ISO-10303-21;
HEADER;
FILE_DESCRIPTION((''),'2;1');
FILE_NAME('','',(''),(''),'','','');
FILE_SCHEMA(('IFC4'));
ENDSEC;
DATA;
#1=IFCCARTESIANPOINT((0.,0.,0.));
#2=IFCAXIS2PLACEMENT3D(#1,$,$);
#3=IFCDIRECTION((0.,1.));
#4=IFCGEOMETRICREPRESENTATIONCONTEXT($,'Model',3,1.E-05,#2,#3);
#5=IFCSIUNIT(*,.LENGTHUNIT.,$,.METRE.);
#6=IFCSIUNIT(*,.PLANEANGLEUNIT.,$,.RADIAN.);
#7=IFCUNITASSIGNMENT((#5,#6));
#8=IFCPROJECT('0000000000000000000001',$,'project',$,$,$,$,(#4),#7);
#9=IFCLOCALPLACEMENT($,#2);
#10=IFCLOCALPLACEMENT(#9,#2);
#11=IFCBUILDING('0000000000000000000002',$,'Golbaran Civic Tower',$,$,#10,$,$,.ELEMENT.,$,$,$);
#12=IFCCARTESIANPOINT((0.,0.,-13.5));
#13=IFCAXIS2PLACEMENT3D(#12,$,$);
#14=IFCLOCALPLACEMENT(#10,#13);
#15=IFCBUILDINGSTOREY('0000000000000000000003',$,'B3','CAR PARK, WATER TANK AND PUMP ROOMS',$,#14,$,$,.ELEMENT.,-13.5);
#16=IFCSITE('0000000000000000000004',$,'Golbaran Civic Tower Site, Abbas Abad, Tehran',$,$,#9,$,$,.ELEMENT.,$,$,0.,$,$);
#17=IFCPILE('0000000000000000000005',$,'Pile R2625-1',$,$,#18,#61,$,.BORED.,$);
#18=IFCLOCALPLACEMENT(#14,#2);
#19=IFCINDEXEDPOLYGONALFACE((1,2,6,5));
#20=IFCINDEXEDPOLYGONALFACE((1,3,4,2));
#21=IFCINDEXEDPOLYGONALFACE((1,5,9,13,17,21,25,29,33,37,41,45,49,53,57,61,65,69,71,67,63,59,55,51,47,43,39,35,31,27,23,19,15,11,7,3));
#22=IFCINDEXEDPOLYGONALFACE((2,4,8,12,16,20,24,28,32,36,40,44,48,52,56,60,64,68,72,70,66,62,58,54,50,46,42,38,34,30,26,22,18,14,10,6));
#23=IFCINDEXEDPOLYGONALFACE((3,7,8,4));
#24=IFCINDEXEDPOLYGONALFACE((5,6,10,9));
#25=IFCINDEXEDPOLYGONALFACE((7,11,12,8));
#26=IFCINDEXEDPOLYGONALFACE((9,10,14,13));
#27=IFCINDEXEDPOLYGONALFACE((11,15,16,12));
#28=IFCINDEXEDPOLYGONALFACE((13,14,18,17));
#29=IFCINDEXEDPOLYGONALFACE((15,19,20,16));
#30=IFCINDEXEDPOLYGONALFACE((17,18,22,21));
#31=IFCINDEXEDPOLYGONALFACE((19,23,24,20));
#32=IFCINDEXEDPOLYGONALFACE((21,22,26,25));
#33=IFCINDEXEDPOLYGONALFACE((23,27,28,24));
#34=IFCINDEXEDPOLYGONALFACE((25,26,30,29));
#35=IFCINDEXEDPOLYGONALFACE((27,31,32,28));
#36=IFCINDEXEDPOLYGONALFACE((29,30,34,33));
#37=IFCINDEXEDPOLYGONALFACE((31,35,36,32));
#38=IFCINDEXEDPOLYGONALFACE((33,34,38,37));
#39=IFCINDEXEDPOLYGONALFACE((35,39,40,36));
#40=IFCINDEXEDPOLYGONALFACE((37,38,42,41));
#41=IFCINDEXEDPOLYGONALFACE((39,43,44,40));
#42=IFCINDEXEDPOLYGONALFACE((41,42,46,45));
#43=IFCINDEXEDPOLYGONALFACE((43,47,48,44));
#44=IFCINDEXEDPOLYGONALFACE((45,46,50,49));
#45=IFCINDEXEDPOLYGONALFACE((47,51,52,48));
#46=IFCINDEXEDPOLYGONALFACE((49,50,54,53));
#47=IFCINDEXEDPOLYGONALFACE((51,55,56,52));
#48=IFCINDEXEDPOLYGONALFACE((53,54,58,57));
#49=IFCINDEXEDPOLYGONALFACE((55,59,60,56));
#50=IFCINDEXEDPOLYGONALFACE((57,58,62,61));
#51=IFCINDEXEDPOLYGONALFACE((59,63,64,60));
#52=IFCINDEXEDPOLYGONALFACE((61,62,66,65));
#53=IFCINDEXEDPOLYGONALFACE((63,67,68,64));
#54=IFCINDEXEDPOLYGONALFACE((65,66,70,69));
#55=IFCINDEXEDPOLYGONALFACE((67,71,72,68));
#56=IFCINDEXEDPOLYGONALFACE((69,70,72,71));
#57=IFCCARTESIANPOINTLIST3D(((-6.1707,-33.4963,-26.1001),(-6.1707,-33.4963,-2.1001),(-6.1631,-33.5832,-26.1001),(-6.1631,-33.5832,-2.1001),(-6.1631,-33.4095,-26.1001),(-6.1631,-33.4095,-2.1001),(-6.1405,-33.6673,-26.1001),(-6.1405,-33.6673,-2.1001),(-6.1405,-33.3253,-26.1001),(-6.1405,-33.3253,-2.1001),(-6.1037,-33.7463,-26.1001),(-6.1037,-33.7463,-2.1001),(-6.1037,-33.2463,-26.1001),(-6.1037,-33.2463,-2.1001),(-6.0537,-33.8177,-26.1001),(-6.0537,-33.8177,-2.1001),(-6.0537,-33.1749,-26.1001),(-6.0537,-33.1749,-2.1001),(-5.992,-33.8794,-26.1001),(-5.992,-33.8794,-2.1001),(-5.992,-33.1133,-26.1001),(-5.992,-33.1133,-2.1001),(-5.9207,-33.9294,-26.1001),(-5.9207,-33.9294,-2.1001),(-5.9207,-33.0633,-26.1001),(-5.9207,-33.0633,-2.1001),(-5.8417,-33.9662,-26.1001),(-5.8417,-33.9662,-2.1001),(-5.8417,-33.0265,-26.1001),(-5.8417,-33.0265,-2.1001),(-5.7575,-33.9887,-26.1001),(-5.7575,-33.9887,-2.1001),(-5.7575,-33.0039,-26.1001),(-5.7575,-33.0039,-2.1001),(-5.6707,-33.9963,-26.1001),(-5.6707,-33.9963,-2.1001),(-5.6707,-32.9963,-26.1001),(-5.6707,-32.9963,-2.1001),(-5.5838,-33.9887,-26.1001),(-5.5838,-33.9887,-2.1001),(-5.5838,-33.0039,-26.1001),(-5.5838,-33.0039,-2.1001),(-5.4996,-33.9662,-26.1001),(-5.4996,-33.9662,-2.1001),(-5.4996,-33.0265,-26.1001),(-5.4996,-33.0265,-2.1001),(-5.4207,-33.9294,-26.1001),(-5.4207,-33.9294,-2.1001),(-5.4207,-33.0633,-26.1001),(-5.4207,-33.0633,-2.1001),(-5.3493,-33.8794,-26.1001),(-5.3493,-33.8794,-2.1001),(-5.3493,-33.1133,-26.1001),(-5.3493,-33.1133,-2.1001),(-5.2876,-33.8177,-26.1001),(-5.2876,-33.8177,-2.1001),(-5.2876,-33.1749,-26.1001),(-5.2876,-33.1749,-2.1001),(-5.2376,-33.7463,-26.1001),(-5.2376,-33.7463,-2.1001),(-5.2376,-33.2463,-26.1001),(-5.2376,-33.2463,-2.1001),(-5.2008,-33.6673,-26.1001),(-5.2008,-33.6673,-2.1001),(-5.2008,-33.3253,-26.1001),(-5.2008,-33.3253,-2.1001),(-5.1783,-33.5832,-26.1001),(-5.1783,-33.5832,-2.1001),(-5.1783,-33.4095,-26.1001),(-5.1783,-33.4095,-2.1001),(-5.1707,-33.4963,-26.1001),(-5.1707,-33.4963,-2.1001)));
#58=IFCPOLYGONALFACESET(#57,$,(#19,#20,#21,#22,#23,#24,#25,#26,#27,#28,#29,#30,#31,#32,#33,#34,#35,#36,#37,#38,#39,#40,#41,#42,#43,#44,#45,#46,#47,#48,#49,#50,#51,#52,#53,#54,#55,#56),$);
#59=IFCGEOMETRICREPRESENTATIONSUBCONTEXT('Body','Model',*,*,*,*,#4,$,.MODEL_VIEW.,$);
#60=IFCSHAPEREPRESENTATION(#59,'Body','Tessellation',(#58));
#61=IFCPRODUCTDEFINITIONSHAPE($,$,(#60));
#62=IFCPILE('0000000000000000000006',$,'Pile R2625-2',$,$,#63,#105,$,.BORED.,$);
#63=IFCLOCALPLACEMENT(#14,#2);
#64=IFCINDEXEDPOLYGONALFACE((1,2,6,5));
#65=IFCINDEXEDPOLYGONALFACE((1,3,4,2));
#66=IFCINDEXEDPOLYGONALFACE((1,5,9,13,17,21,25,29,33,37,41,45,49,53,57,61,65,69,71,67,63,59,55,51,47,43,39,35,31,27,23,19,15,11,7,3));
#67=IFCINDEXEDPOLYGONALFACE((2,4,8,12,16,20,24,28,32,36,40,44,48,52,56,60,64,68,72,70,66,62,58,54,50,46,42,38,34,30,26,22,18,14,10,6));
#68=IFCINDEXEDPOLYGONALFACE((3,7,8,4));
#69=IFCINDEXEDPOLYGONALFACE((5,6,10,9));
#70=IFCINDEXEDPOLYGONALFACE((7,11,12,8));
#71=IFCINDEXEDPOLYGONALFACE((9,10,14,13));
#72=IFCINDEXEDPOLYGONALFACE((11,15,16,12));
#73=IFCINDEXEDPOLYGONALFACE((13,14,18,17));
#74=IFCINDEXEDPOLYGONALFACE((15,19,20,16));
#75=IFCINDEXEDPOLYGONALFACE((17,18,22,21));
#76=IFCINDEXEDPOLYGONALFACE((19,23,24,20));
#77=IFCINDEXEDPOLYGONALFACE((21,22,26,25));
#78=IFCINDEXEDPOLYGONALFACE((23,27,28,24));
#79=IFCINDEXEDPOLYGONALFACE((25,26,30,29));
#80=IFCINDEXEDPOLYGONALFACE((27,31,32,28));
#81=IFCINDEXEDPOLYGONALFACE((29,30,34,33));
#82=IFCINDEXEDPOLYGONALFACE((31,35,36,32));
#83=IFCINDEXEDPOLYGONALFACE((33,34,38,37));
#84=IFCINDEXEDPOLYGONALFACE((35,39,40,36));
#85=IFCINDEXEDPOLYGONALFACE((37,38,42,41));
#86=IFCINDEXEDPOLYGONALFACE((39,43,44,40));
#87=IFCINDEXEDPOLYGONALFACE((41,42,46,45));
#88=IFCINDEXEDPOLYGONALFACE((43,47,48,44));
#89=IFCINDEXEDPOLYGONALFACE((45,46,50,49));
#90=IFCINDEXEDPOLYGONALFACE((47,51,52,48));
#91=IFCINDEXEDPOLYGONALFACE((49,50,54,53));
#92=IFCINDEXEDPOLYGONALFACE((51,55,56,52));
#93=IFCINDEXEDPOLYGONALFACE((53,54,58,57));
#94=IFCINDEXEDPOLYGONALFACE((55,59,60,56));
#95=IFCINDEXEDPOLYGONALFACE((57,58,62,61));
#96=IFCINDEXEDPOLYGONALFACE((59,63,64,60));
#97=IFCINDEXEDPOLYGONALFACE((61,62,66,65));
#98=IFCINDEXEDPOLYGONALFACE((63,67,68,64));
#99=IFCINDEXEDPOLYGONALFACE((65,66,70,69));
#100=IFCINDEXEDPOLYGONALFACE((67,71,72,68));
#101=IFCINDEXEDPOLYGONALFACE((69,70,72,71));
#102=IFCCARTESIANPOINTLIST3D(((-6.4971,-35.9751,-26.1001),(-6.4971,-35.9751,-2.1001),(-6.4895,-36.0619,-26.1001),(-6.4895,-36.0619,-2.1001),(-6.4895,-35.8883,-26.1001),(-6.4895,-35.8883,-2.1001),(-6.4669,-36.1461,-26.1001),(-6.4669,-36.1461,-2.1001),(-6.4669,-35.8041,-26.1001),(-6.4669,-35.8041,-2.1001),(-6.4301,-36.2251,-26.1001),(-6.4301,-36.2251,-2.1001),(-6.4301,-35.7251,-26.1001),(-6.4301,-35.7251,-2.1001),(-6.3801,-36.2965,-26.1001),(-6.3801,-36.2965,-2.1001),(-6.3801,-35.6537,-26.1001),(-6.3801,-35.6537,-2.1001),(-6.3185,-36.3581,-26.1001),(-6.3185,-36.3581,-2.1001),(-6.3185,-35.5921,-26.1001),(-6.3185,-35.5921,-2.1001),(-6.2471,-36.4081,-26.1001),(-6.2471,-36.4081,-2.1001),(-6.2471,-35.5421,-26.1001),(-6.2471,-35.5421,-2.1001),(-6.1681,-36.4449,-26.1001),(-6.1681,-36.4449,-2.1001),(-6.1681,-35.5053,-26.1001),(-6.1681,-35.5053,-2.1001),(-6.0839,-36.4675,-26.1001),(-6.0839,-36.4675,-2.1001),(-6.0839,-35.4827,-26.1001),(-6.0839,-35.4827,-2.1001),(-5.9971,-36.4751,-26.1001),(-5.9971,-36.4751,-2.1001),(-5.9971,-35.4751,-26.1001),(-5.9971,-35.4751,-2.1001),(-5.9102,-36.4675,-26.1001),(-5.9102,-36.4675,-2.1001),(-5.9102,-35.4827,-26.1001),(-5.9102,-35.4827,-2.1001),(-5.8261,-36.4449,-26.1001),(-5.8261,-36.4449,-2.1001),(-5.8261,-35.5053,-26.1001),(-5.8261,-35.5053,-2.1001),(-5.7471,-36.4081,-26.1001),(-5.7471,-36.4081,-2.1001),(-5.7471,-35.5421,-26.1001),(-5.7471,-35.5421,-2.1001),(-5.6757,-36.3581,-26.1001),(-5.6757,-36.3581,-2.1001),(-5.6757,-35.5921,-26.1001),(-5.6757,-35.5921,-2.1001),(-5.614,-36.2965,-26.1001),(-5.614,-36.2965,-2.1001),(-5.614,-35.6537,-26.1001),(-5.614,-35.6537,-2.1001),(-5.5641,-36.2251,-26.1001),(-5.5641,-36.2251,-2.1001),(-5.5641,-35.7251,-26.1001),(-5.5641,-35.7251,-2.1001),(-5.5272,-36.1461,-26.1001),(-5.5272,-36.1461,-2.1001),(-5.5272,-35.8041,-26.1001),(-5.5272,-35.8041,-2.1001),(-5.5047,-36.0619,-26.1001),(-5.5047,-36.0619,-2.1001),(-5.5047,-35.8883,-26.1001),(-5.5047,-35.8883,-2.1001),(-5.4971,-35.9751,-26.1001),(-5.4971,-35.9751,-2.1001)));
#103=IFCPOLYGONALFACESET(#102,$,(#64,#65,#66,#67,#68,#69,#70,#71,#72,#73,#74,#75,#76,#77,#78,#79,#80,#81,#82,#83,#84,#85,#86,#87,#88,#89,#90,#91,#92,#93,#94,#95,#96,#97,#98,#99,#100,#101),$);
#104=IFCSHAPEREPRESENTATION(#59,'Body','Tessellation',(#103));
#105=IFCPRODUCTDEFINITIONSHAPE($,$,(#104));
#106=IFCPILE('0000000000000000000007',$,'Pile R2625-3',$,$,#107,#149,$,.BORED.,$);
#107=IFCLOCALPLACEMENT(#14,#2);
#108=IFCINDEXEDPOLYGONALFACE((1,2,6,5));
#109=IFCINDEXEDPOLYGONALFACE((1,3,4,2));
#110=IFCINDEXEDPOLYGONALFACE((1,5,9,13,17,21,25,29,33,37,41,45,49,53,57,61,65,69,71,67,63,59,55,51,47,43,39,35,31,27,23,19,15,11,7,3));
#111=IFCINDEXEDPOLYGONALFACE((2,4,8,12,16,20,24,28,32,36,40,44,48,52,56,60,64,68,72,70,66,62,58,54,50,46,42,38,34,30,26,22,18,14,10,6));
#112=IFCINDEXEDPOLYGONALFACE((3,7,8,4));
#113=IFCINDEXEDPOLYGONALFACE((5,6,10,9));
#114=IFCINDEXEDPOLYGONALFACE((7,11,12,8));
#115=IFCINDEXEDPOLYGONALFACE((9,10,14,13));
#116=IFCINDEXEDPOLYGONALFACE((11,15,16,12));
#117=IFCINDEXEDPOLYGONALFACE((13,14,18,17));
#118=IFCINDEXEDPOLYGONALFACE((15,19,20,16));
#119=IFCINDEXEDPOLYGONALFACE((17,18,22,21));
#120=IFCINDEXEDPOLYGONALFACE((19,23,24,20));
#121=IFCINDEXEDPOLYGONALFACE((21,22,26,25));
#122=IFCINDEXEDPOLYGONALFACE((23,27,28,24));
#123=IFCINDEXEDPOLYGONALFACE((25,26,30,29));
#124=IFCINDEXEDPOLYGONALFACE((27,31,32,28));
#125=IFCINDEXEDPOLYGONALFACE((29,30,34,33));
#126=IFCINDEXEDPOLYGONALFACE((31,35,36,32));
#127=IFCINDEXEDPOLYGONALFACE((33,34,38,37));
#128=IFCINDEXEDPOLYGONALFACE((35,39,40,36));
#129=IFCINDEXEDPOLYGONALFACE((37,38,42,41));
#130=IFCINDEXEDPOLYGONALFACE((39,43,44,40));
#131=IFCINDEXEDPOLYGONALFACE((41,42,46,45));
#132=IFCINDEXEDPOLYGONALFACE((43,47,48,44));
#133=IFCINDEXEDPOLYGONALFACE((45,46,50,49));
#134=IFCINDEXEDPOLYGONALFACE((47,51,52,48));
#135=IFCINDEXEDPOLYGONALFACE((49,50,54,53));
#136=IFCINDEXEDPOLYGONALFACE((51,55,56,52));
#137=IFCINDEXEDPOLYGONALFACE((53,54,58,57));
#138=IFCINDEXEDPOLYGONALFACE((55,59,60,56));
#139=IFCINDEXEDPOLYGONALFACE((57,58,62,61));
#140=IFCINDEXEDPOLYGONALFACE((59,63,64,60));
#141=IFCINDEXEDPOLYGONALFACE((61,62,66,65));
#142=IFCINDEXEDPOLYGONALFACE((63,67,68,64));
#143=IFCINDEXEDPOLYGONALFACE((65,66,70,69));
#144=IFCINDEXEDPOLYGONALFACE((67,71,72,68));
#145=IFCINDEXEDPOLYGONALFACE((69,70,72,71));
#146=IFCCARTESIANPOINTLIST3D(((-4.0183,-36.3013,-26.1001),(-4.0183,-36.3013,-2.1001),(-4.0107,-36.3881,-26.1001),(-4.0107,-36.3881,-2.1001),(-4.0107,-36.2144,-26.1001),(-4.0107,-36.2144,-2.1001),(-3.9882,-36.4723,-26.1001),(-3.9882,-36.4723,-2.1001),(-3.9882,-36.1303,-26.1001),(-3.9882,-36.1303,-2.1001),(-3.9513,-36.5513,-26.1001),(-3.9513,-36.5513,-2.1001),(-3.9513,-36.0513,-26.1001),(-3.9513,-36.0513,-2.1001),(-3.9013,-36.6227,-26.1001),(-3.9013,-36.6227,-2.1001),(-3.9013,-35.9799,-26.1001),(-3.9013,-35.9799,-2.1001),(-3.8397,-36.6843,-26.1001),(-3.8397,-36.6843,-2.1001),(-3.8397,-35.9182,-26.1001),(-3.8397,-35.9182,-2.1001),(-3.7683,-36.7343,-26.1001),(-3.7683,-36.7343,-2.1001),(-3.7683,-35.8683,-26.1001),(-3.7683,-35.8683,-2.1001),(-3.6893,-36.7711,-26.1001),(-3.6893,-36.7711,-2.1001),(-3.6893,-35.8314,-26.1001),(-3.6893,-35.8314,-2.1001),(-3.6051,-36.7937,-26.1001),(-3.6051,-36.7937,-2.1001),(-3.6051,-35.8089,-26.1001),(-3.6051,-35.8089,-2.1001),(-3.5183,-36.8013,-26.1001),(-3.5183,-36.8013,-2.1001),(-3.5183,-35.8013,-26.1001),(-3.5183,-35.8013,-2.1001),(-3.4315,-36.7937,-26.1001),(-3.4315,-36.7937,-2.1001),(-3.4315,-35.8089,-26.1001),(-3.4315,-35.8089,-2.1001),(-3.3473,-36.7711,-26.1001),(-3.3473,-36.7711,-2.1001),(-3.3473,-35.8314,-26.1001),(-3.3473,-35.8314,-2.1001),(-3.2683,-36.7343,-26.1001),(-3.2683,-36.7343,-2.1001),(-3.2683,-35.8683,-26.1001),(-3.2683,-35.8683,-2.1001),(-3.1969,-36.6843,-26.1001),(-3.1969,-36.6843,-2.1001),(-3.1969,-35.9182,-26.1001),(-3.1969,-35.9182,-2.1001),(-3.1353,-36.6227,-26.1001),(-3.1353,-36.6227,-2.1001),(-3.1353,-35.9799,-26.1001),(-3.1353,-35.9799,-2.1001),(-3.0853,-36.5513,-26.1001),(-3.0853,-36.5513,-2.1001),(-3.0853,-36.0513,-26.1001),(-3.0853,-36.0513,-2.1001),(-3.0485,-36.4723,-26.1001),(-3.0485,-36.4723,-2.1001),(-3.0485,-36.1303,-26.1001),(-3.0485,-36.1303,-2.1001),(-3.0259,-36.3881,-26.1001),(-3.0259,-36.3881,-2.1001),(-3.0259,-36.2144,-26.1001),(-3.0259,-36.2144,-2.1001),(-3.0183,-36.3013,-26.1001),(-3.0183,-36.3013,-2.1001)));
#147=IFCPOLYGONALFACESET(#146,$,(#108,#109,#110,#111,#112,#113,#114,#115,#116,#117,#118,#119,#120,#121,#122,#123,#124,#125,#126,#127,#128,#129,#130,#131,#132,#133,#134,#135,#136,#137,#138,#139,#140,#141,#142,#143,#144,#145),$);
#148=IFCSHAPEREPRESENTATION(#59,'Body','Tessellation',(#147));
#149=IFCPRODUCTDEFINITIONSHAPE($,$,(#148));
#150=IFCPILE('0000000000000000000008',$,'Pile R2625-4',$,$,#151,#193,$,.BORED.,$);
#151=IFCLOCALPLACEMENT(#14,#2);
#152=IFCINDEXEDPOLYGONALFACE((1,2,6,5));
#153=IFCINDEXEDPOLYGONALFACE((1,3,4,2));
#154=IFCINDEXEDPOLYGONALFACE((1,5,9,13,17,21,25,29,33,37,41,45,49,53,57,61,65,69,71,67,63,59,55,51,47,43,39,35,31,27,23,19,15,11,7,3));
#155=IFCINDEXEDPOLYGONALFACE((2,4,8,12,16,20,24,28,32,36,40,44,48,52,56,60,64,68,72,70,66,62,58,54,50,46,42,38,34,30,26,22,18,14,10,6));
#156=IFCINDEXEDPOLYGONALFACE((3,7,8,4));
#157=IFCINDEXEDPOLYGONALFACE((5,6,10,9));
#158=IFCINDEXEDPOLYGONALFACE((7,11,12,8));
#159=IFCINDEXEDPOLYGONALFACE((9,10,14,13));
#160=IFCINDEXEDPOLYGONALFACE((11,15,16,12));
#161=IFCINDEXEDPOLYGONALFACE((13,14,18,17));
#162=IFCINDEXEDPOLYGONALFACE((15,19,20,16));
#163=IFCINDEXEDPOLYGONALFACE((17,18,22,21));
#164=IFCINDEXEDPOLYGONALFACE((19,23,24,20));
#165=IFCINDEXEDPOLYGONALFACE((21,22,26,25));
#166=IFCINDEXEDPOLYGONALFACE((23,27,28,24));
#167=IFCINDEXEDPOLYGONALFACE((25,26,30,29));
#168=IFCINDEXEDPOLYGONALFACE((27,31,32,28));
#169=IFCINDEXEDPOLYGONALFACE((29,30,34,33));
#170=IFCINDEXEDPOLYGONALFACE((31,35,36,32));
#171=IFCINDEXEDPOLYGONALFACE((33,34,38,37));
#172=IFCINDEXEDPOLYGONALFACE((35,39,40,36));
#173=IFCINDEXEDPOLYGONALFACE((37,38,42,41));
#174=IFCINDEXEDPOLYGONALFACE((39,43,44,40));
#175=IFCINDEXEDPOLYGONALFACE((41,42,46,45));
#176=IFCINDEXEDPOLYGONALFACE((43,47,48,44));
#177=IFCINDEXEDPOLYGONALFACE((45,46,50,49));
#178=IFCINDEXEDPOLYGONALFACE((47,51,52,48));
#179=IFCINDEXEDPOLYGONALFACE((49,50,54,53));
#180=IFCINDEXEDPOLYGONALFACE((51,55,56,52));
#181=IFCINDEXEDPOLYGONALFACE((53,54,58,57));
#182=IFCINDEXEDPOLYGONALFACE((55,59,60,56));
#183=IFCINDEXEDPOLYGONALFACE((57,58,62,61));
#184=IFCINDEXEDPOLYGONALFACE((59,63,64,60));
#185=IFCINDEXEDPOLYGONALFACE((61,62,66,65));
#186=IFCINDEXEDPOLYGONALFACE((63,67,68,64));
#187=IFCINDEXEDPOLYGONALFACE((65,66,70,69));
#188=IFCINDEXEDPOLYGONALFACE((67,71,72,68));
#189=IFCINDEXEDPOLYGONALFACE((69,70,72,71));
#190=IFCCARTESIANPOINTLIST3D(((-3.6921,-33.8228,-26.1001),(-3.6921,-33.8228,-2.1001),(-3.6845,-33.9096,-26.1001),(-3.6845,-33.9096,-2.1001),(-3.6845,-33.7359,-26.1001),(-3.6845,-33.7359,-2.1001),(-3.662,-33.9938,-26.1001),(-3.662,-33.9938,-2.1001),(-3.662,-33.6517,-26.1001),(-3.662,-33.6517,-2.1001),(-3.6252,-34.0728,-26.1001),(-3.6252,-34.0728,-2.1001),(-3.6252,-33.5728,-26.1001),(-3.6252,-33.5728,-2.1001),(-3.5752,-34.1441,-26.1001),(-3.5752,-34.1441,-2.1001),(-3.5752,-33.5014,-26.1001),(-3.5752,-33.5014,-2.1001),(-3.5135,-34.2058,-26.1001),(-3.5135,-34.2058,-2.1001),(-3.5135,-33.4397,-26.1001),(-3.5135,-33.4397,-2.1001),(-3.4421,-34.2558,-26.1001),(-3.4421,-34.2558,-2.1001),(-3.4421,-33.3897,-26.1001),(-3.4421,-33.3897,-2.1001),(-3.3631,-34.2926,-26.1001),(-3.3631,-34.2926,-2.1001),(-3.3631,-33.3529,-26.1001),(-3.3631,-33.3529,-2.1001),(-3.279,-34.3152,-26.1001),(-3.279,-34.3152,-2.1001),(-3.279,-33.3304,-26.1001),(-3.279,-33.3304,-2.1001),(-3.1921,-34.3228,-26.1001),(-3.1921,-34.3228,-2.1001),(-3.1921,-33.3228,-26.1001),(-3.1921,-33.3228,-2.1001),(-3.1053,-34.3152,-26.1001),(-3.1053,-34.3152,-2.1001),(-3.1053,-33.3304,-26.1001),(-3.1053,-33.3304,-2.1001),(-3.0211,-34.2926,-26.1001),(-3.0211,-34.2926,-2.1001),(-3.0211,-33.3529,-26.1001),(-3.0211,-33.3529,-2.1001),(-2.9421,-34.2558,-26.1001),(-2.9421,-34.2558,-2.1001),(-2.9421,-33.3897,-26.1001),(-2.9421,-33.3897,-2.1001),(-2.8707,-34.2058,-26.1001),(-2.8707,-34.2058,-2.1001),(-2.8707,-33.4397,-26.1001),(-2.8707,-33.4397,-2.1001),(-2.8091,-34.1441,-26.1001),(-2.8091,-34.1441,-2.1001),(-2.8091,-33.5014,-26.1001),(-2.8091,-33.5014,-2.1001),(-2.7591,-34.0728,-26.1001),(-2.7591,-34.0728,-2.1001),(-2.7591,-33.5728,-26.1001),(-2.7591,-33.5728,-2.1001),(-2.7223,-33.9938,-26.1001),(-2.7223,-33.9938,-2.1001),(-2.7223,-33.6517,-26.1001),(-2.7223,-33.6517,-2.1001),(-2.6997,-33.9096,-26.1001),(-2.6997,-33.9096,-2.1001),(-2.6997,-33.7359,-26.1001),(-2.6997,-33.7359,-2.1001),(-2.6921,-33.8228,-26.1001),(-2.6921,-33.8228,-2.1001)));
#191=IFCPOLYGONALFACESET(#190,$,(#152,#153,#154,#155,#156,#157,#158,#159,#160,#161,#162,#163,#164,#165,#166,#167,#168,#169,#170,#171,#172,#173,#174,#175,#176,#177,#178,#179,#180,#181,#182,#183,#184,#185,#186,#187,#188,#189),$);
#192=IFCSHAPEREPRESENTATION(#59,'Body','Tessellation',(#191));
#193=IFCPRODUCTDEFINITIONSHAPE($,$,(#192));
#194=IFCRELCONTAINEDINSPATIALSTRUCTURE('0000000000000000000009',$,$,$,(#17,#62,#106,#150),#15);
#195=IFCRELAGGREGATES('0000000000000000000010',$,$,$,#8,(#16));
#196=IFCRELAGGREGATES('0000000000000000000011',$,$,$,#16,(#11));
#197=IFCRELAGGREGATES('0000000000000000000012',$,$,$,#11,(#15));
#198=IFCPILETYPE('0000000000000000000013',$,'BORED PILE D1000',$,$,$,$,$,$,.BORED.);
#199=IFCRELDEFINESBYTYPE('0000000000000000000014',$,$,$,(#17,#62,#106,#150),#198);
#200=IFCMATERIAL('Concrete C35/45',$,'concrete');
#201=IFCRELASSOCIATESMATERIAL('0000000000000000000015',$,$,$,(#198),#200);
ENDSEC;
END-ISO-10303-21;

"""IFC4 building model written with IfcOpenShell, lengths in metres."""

from ifc_helpers import new_model, si_unit, direction, frame, origin, origin_2d, place, context, subcontext, project, spatial, circle, extrude, material, material_profile, profile_set, type_object, element, save


model = new_model("IFC4")

# Units and contexts
model_context = context("Model", 3, precision=1e-05, world=origin(), true_north=direction((0.0, 1.0)))
body_context = subcontext(model_context, "Body", "Model", "MODEL_VIEW")
ifc_project = project(units=[si_unit("LENGTHUNIT", "METRE"), si_unit("PLANEANGLEUNIT", "RADIAN")], contexts=[model_context])

# Site, building, storey
site_placement = place(None, origin())
site = spatial("IfcSite", under=ifc_project, at=site_placement, Name="Golbaran Civic Tower Site, Abbas Abad, Tehran", CompositionType="ELEMENT", RefElevation=0.0)
building_placement = place(site_placement, origin())
building = spatial("IfcBuilding", under=site, at=building_placement, Name="Golbaran Civic Tower", CompositionType="ELEMENT")
storey_placement = place(building_placement, frame((0.0, 0.0, -13.5)))
storey = spatial("IfcBuildingStorey", under=building, at=storey_placement, Name="B3", Description="CAR PARK, WATER TANK AND PUMP ROOMS", CompositionType="ELEMENT", Elevation=-13.5)

# Piles
ifc_material_1 = material(Name="Concrete C35/45", Category="concrete")
ifc_material_profile_1 = material_profile(ifc_material_1, circle(Radius=0.5, at=origin_2d()), Name="BORED PILE D1000")
ifc_profile_set_1 = profile_set([ifc_material_profile_1], Name="Concrete C35/45")
pile_type_1 = type_object("IfcPileType", Name="BORED PILE D1000", PredefinedType="BORED", material=ifc_profile_set_1)
for number, where, z_axis, x_axis, name in (
    (1, (-5.6707, -33.4963, -2.1001), (0.0, 0.0, -1.0), (1.0, 0.0, 0.0), "Pile R2625-1"),
    (2, (-5.9971, -35.9751, -2.1001), (0.0, 0.0, -1.0), (1.0, 0.0, 0.0), "Pile R2625-2"),
    (3, (-3.5183, -36.3013, -2.1001), (0.0, 0.0, -1.0), (1.0, 0.0, 0.0), "Pile R2625-3"),
    (4, (-3.1921, -33.8228, -2.1001), (0.0, 0.0, -1.0), (1.0, 0.0, 0.0), "Pile R2625-4"),
):
    element("IfcPile", number, at=place(storey_placement, frame(where, z_axis=z_axis, x_axis=x_axis)), inside=storey, type_object=pile_type_1, Name=name, PredefinedType="BORED", context=body_context, shape_type="SweptSolid", body=[
        extrude(circle(Radius=0.5, at=origin_2d()), origin(), (0.0, 0.0, 1.0), 24.0),
    ])

save(model, "model.ifc")
